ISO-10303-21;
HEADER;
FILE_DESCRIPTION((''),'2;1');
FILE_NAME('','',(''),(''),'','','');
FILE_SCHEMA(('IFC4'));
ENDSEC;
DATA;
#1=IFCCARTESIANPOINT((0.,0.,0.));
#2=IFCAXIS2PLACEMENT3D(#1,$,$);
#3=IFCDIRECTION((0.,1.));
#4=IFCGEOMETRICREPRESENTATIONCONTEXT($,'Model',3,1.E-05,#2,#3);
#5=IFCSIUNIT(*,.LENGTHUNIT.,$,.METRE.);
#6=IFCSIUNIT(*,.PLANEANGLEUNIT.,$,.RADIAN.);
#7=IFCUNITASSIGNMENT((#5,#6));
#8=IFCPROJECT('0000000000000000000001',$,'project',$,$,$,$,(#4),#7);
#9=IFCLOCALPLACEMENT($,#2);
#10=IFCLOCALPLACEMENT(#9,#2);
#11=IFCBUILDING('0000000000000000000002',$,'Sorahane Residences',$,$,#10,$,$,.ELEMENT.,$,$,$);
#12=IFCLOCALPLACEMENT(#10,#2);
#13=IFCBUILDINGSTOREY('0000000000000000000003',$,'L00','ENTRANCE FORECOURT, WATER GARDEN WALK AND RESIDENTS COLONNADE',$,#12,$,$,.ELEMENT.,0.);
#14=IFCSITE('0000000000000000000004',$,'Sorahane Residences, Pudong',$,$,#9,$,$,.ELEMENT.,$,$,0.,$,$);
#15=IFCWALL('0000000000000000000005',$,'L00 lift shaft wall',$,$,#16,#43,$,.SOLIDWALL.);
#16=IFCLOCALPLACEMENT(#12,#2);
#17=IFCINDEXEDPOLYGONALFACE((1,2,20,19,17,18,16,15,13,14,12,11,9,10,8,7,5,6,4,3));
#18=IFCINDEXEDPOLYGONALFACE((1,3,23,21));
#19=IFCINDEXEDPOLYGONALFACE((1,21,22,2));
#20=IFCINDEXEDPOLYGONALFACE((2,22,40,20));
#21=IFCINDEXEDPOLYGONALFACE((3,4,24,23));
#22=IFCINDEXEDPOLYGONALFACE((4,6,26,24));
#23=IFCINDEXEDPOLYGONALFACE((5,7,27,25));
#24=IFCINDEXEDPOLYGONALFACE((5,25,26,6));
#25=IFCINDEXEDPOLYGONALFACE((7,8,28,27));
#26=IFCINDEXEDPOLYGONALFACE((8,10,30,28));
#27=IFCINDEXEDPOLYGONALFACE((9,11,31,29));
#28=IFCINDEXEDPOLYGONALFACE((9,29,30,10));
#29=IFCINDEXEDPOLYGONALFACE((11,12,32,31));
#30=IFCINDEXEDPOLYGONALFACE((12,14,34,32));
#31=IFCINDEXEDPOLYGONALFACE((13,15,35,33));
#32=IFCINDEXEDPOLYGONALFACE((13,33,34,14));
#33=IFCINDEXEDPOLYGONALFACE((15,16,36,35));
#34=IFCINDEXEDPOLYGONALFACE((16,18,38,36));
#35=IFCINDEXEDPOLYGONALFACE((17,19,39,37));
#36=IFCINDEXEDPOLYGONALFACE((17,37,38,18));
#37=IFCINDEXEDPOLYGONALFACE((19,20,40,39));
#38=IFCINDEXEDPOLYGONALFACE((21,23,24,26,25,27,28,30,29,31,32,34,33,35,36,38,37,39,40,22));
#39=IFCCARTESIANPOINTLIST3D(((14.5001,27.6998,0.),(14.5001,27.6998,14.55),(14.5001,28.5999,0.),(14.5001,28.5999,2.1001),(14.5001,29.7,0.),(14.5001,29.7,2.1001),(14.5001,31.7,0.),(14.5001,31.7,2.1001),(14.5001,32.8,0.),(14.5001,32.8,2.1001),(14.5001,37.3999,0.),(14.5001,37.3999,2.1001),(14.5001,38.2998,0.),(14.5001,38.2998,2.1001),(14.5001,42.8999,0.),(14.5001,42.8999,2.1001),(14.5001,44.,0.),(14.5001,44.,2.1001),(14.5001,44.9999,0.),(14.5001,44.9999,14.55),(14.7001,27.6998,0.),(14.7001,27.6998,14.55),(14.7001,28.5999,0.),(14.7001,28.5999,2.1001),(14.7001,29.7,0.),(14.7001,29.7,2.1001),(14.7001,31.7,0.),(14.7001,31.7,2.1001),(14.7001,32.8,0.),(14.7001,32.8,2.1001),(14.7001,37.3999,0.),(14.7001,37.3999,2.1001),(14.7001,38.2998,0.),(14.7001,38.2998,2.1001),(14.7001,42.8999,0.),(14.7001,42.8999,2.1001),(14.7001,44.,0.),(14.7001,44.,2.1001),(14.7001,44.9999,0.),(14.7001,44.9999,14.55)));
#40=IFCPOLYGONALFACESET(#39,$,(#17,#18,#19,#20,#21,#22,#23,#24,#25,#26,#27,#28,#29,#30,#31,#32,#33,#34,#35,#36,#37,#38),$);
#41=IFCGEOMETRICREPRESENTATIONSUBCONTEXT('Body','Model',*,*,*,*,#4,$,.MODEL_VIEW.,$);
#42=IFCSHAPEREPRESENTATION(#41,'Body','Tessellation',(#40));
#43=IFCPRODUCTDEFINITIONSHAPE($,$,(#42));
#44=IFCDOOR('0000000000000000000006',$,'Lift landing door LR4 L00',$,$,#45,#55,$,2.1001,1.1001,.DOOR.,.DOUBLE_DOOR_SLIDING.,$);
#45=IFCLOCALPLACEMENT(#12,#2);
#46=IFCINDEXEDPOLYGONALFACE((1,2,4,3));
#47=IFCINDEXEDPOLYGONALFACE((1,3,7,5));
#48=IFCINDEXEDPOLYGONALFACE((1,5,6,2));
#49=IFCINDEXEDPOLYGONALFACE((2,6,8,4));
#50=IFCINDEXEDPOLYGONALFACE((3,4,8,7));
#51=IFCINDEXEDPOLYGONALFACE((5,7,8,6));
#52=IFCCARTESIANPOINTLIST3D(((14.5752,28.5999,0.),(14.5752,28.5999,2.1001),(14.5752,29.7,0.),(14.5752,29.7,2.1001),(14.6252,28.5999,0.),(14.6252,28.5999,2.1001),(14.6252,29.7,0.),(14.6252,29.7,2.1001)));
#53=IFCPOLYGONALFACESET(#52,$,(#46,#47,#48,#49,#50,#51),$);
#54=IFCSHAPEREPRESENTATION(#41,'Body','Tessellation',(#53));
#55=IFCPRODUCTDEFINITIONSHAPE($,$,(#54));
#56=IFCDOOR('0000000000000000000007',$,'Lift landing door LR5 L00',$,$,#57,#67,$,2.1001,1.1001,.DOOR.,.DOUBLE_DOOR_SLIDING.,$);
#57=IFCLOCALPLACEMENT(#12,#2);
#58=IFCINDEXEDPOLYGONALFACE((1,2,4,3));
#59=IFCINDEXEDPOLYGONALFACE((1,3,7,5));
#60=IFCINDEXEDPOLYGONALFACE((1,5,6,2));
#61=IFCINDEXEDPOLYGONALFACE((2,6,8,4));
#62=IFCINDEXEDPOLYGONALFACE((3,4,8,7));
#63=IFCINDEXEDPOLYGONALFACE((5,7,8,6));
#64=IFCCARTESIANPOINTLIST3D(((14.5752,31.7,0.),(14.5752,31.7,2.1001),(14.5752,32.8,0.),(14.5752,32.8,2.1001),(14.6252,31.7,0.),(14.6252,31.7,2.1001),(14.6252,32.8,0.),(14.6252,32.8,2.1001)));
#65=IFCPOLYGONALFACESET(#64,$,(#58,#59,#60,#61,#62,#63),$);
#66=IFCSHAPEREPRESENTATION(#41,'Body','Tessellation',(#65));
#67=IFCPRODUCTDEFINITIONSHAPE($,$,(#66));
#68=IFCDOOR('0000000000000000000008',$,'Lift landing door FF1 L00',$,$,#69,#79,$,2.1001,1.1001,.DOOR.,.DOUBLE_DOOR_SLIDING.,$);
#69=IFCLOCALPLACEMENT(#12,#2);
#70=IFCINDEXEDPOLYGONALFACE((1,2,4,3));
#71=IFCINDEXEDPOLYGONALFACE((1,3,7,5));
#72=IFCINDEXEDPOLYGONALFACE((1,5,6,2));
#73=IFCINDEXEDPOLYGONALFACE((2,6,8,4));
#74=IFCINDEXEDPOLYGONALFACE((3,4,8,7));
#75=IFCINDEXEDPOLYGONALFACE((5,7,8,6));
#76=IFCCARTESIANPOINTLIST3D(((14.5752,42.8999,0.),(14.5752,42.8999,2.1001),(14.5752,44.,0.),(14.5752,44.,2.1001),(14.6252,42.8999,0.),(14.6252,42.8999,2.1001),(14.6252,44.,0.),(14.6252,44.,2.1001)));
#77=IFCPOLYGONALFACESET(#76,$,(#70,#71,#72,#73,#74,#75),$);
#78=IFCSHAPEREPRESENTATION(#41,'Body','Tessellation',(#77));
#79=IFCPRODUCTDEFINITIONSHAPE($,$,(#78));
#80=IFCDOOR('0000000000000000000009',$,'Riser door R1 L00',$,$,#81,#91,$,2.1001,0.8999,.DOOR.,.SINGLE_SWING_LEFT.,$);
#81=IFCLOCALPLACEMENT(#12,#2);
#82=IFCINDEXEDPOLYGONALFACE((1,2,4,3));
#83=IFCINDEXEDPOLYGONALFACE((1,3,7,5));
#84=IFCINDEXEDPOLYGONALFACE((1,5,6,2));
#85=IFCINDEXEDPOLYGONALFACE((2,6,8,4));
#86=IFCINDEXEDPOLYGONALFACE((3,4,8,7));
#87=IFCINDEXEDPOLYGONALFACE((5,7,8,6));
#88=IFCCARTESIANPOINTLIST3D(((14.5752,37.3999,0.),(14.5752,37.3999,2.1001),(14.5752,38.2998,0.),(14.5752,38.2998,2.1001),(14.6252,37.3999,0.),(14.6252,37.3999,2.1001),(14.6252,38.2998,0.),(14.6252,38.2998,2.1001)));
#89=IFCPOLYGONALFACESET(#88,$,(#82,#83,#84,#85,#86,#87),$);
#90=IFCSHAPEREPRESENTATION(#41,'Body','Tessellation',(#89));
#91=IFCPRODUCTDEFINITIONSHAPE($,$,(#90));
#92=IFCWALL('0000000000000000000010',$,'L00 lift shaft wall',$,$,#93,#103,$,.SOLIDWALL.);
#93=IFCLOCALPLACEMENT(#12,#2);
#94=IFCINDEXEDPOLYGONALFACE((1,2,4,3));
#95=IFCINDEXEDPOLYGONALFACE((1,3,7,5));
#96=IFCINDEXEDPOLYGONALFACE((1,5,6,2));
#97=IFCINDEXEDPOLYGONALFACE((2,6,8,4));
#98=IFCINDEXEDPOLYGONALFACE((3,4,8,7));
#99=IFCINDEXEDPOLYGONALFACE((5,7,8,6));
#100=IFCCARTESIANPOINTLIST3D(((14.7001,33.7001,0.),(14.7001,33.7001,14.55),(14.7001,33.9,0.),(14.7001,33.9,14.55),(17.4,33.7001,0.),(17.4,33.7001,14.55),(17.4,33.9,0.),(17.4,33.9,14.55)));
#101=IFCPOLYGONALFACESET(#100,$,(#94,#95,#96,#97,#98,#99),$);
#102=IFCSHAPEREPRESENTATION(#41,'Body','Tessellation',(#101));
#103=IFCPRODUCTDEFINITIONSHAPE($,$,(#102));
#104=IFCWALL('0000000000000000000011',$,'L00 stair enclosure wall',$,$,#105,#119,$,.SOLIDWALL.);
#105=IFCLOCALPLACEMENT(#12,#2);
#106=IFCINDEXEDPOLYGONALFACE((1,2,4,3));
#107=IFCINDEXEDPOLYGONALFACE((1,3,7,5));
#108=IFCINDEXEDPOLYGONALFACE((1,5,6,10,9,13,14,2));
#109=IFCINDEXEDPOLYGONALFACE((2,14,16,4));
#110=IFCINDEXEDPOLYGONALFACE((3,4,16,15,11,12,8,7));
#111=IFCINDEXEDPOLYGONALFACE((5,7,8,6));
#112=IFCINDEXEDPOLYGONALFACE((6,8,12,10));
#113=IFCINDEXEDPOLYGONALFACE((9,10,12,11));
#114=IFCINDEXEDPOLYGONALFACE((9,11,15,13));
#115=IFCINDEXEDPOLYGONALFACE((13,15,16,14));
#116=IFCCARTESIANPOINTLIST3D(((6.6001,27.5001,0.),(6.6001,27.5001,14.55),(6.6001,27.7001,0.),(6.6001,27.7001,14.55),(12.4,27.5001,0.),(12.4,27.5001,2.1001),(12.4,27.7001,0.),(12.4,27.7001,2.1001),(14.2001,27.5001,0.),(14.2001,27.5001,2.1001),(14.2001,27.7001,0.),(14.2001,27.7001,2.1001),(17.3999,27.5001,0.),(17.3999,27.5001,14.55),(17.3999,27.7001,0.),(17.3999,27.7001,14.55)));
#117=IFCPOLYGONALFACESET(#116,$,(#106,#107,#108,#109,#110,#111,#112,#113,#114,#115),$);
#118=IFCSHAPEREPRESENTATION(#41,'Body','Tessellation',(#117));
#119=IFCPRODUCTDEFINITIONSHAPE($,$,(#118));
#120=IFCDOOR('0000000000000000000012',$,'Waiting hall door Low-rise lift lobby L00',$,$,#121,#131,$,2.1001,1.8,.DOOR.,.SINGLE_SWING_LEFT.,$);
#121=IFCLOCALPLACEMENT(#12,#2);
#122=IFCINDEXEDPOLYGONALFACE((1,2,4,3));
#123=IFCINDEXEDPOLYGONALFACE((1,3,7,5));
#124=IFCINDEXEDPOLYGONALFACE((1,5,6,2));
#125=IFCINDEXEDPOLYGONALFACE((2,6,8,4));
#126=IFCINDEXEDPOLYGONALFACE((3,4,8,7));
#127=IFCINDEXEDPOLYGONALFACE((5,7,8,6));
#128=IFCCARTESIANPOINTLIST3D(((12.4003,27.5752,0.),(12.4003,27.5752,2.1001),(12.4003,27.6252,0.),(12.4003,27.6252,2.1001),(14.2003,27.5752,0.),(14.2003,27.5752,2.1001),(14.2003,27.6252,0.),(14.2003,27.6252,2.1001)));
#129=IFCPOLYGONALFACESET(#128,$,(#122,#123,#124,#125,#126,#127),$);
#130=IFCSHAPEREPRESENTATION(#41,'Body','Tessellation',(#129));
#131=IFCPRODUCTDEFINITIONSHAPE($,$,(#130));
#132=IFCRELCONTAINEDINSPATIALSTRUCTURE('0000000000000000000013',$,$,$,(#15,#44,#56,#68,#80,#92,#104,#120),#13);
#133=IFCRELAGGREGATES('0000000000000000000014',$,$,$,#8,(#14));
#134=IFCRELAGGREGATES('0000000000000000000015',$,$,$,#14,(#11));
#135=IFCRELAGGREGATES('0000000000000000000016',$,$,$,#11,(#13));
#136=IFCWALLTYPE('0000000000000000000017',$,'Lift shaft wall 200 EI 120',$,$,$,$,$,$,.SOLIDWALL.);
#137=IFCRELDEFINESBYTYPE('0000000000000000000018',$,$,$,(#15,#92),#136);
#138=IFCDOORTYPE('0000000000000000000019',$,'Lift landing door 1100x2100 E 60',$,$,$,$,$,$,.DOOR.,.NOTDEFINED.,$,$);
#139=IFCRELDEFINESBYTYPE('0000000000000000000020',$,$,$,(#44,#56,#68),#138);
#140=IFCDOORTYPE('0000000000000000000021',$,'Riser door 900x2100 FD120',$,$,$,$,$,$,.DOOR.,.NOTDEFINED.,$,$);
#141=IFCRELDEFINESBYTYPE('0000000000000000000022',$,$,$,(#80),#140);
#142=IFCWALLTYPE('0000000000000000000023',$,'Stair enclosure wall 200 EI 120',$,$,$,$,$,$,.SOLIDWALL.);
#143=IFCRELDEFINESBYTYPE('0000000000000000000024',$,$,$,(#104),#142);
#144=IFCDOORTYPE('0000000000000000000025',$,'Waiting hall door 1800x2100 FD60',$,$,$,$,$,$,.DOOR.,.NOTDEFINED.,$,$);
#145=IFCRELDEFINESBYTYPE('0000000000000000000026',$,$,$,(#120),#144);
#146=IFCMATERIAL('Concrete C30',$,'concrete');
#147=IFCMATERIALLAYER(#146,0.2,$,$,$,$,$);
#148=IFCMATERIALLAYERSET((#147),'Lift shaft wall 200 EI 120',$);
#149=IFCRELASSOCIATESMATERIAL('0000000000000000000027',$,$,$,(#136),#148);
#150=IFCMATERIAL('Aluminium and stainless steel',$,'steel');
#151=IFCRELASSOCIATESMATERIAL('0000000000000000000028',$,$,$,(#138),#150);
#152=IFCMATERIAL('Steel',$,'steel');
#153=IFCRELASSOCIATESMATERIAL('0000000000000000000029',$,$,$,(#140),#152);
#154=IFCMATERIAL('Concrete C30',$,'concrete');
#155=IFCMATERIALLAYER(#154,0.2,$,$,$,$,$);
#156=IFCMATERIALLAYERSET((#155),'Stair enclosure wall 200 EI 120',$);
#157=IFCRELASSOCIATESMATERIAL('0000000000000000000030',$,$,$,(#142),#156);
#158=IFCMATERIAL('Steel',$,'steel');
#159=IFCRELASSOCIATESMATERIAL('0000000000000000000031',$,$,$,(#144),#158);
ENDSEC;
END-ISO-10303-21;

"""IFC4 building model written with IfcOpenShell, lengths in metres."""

from ifc_helpers import new_model, si_unit, direction, frame, frame_2d, origin, place, context, subcontext, project, spatial, rectangle, extrude, material, layer, layer_set, type_object, element, fill, save


model = new_model("IFC4")

# Units and contexts
model_context = context("Model", 3, precision=1e-05, world=origin(), true_north=direction((0.0, 1.0)))
body_context = subcontext(model_context, "Body", "Model", "MODEL_VIEW")
ifc_project = project(units=[si_unit("LENGTHUNIT", "METRE"), si_unit("PLANEANGLEUNIT", "RADIAN")], contexts=[model_context])

# Site, building, storey
site_placement = place(None, origin())
site = spatial("IfcSite", under=ifc_project, at=site_placement, Name="Sorahane Residences, Pudong", CompositionType="ELEMENT", RefElevation=0.0)
building_placement = place(site_placement, origin())
building = spatial("IfcBuilding", under=site, at=building_placement, Name="Sorahane Residences", CompositionType="ELEMENT")
storey_placement = place(building_placement, origin())
storey = spatial("IfcBuildingStorey", under=building, at=storey_placement, Name="L00", Description="ENTRANCE FORECOURT, WATER GARDEN WALK AND RESIDENTS COLONNADE", CompositionType="ELEMENT", Elevation=0.0)

# Wall, openings, doors
ifc_material_1 = material(Name="Concrete C30", Category="concrete")
ifc_layer_1 = layer(ifc_material_1, 0.2)
ifc_layer_set_1 = layer_set([ifc_layer_1], Name="Lift shaft wall 200 EI 120")
wall_type_1 = type_object("IfcWallType", Name="Lift shaft wall 200 EI 120", PredefinedType="SOLIDWALL", material=ifc_layer_set_1)
wall_1_placement = place(storey_placement, frame((14.6001, 27.7, 0.0), z_axis=(0.0, 0.0, 1.0), x_axis=(0.0, 1.0, 0.0)))
wall_1 = element("IfcWall", 1, at=wall_1_placement, inside=storey, type_object=wall_type_1, Name="L00 lift shaft wall", PredefinedType="SOLIDWALL", context=body_context, shape_type="SweptSolid", body=[
    extrude(rectangle(XDim=17.3, YDim=0.2, at=frame_2d((8.6499, 0.0))), origin(), (0.0, 0.0, 1.0), 14.55),
])
opening_1_placement = place(wall_1_placement, frame((0.8999, 0.0, 0.0)))
opening_1 = element("IfcOpeningElement", 2, at=opening_1_placement, cuts=wall_1, PredefinedType="OPENING", context=body_context, shape_type="SweptSolid", body=[
    extrude(rectangle(XDim=1.1001, YDim=2.1001, at=frame_2d((0.55, 1.05))), frame((0.0, 0.1099, 0.0), z_axis=(0.0, -1.0, 0.0), x_axis=(1.0, 0.0, 0.0)), (0.0, 0.0, 1.0), 0.22),
])
opening_2_placement = place(wall_1_placement, frame((4.0, 0.0, 0.0)))
opening_2 = element("IfcOpeningElement", 3, at=opening_2_placement, cuts=wall_1, PredefinedType="OPENING", context=body_context, shape_type="SweptSolid", body=[
    extrude(rectangle(XDim=1.1001, YDim=2.1001, at=frame_2d((0.55, 1.05))), frame((0.0, 0.1099, 0.0), z_axis=(0.0, -1.0, 0.0), x_axis=(1.0, 0.0, 0.0)), (0.0, 0.0, 1.0), 0.22),
])
opening_3_placement = place(wall_1_placement, frame((15.2, 0.0, 0.0)))
opening_3 = element("IfcOpeningElement", 4, at=opening_3_placement, cuts=wall_1, PredefinedType="OPENING", context=body_context, shape_type="SweptSolid", body=[
    extrude(rectangle(XDim=1.1001, YDim=2.1001, at=frame_2d((0.55, 1.05))), frame((0.0, 0.1099, 0.0), z_axis=(0.0, -1.0, 0.0), x_axis=(1.0, 0.0, 0.0)), (0.0, 0.0, 1.0), 0.22),
])
opening_4_placement = place(wall_1_placement, frame((9.7, 0.0, 0.0)))
opening_4 = element("IfcOpeningElement", 5, at=opening_4_placement, cuts=wall_1, PredefinedType="OPENING", context=body_context, shape_type="SweptSolid", body=[
    extrude(rectangle(XDim=0.8999, YDim=2.1001, at=frame_2d((0.45, 1.05))), frame((0.0, 0.1099, 0.0), z_axis=(0.0, -1.0, 0.0), x_axis=(1.0, 0.0, 0.0)), (0.0, 0.0, 1.0), 0.22),
])
ifc_material_2 = material(Name="Aluminium and stainless steel", Category="steel")
door_type_1 = type_object("IfcDoorType", Name="Lift landing door 1100x2100 E 60", OperationType="NOTDEFINED", PredefinedType="DOOR", material=ifc_material_2)
door_1_placement = place(opening_1_placement, origin())
door_1 = element("IfcDoor", 6, at=door_1_placement, inside=storey, type_object=door_type_1, Name="Lift landing door LR4 L00", OperationType="DOUBLE_DOOR_SLIDING", OverallHeight=2.1001, OverallWidth=1.1001, PredefinedType="DOOR", context=body_context, shape_type="SweptSolid", body=[
    extrude(rectangle(XDim=1.1001, YDim=2.1001, at=frame_2d((0.55, 1.05))), frame((0.0, 0.0249, 0.0), z_axis=(0.0, -1.0, 0.0), x_axis=(1.0, 0.0, 0.0)), (0.0, 0.0, 1.0), 0.05),
])
fill(opening_1, door_1)
door_2_placement = place(opening_2_placement, origin())
door_2 = element("IfcDoor", 7, at=door_2_placement, inside=storey, type_object=door_type_1, Name="Lift landing door LR5 L00", OperationType="DOUBLE_DOOR_SLIDING", OverallHeight=2.1001, OverallWidth=1.1001, PredefinedType="DOOR", context=body_context, shape_type="SweptSolid", body=[
    extrude(rectangle(XDim=1.1001, YDim=2.1001, at=frame_2d((0.55, 1.05))), frame((0.0, 0.0249, 0.0), z_axis=(0.0, -1.0, 0.0), x_axis=(1.0, 0.0, 0.0)), (0.0, 0.0, 1.0), 0.05),
])
fill(opening_2, door_2)
door_3_placement = place(opening_3_placement, origin())
door_3 = element("IfcDoor", 8, at=door_3_placement, inside=storey, type_object=door_type_1, Name="Lift landing door FF1 L00", OperationType="DOUBLE_DOOR_SLIDING", OverallHeight=2.1001, OverallWidth=1.1001, PredefinedType="DOOR", context=body_context, shape_type="SweptSolid", body=[
    extrude(rectangle(XDim=1.1001, YDim=2.1001, at=frame_2d((0.55, 1.05))), frame((0.0, 0.0249, 0.0), z_axis=(0.0, -1.0, 0.0), x_axis=(1.0, 0.0, 0.0)), (0.0, 0.0, 1.0), 0.05),
])
fill(opening_3, door_3)
ifc_material_3 = material(Name="Steel", Category="steel")
door_type_2 = type_object("IfcDoorType", Name="Riser door 900x2100 FD120", OperationType="NOTDEFINED", PredefinedType="DOOR", material=ifc_material_3)
door_4_placement = place(opening_4_placement, origin())
door_4 = element("IfcDoor", 9, at=door_4_placement, inside=storey, type_object=door_type_2, Name="Riser door R1 L00", OperationType="SINGLE_SWING_LEFT", OverallHeight=2.1001, OverallWidth=0.8999, PredefinedType="DOOR", context=body_context, shape_type="SweptSolid", body=[
    extrude(rectangle(XDim=0.8999, YDim=2.1001, at=frame_2d((0.45, 1.05))), frame((0.0, 0.0249, 0.0), z_axis=(0.0, -1.0, 0.0), x_axis=(1.0, 0.0, 0.0)), (0.0, 0.0, 1.0), 0.05),
])
fill(opening_4, door_4)

# Wall
wall_2_placement = place(storey_placement, frame((14.7, 33.8, 0.0), z_axis=(0.0, 0.0, 1.0), x_axis=(1.0, 0.0, 0.0)))
element("IfcWall", 10, at=wall_2_placement, inside=storey, type_object=wall_type_1, Name="L00 lift shaft wall", PredefinedType="SOLIDWALL", context=body_context, shape_type="SweptSolid", body=[
    extrude(rectangle(XDim=2.7, YDim=0.2, at=frame_2d((1.3501, 0.0))), origin(), (0.0, 0.0, 1.0), 14.55),
])

# Wall, opening, door
ifc_material_4 = material(Name="Concrete C30", Category="concrete")
ifc_layer_2 = layer(ifc_material_4, 0.2)
ifc_layer_set_2 = layer_set([ifc_layer_2], Name="Stair enclosure wall 200 EI 120")
wall_type_2 = type_object("IfcWallType", Name="Stair enclosure wall 200 EI 120", PredefinedType="SOLIDWALL", material=ifc_layer_set_2)
wall_3_placement = place(storey_placement, frame((6.6001, 27.6001, 0.0), z_axis=(0.0, 0.0, 1.0), x_axis=(1.0, 0.0, 0.0)))
wall_3 = element("IfcWall", 11, at=wall_3_placement, inside=storey, type_object=wall_type_2, Name="L00 stair enclosure wall", PredefinedType="SOLIDWALL", context=body_context, shape_type="SweptSolid", body=[
    extrude(rectangle(XDim=10.7998, YDim=0.2, at=frame_2d((5.3999, 0.0))), origin(), (0.0, 0.0, 1.0), 14.55),
])
opening_5_placement = place(wall_3_placement, frame((5.8, 0.0, 0.0)))
opening_5 = element("IfcOpeningElement", 12, at=opening_5_placement, cuts=wall_3, PredefinedType="OPENING", context=body_context, shape_type="SweptSolid", body=[
    extrude(rectangle(XDim=1.8, YDim=2.1001, at=frame_2d((0.8999, 1.05))), frame((0.0, 0.1099, 0.0), z_axis=(0.0, -1.0, 0.0), x_axis=(1.0, 0.0, 0.0)), (0.0, 0.0, 1.0), 0.22),
])
ifc_material_5 = material(Name="Steel", Category="steel")
door_type_3 = type_object("IfcDoorType", Name="Waiting hall door 1800x2100 FD60", OperationType="NOTDEFINED", PredefinedType="DOOR", material=ifc_material_5)
door_5_placement = place(opening_5_placement, frame((1.8, 0.0, 0.0), z_axis=(0.0, 0.0, 1.0), x_axis=(-1.0, 0.0, 0.0)))
door_5 = element("IfcDoor", 13, at=door_5_placement, inside=storey, type_object=door_type_3, Name="Waiting hall door Low-rise lift lobby L00", OperationType="SINGLE_SWING_LEFT", OverallHeight=2.1001, OverallWidth=1.8, PredefinedType="DOOR", context=body_context, shape_type="SweptSolid", body=[
    extrude(rectangle(XDim=1.8, YDim=2.1001, at=frame_2d((0.8999, 1.05))), frame((0.0, 0.0249, 0.0), z_axis=(0.0, -1.0, 0.0), x_axis=(1.0, 0.0, 0.0)), (0.0, 0.0, 1.0), 0.05),
])
fill(opening_5, door_5)

save(model, "model.ifc")
